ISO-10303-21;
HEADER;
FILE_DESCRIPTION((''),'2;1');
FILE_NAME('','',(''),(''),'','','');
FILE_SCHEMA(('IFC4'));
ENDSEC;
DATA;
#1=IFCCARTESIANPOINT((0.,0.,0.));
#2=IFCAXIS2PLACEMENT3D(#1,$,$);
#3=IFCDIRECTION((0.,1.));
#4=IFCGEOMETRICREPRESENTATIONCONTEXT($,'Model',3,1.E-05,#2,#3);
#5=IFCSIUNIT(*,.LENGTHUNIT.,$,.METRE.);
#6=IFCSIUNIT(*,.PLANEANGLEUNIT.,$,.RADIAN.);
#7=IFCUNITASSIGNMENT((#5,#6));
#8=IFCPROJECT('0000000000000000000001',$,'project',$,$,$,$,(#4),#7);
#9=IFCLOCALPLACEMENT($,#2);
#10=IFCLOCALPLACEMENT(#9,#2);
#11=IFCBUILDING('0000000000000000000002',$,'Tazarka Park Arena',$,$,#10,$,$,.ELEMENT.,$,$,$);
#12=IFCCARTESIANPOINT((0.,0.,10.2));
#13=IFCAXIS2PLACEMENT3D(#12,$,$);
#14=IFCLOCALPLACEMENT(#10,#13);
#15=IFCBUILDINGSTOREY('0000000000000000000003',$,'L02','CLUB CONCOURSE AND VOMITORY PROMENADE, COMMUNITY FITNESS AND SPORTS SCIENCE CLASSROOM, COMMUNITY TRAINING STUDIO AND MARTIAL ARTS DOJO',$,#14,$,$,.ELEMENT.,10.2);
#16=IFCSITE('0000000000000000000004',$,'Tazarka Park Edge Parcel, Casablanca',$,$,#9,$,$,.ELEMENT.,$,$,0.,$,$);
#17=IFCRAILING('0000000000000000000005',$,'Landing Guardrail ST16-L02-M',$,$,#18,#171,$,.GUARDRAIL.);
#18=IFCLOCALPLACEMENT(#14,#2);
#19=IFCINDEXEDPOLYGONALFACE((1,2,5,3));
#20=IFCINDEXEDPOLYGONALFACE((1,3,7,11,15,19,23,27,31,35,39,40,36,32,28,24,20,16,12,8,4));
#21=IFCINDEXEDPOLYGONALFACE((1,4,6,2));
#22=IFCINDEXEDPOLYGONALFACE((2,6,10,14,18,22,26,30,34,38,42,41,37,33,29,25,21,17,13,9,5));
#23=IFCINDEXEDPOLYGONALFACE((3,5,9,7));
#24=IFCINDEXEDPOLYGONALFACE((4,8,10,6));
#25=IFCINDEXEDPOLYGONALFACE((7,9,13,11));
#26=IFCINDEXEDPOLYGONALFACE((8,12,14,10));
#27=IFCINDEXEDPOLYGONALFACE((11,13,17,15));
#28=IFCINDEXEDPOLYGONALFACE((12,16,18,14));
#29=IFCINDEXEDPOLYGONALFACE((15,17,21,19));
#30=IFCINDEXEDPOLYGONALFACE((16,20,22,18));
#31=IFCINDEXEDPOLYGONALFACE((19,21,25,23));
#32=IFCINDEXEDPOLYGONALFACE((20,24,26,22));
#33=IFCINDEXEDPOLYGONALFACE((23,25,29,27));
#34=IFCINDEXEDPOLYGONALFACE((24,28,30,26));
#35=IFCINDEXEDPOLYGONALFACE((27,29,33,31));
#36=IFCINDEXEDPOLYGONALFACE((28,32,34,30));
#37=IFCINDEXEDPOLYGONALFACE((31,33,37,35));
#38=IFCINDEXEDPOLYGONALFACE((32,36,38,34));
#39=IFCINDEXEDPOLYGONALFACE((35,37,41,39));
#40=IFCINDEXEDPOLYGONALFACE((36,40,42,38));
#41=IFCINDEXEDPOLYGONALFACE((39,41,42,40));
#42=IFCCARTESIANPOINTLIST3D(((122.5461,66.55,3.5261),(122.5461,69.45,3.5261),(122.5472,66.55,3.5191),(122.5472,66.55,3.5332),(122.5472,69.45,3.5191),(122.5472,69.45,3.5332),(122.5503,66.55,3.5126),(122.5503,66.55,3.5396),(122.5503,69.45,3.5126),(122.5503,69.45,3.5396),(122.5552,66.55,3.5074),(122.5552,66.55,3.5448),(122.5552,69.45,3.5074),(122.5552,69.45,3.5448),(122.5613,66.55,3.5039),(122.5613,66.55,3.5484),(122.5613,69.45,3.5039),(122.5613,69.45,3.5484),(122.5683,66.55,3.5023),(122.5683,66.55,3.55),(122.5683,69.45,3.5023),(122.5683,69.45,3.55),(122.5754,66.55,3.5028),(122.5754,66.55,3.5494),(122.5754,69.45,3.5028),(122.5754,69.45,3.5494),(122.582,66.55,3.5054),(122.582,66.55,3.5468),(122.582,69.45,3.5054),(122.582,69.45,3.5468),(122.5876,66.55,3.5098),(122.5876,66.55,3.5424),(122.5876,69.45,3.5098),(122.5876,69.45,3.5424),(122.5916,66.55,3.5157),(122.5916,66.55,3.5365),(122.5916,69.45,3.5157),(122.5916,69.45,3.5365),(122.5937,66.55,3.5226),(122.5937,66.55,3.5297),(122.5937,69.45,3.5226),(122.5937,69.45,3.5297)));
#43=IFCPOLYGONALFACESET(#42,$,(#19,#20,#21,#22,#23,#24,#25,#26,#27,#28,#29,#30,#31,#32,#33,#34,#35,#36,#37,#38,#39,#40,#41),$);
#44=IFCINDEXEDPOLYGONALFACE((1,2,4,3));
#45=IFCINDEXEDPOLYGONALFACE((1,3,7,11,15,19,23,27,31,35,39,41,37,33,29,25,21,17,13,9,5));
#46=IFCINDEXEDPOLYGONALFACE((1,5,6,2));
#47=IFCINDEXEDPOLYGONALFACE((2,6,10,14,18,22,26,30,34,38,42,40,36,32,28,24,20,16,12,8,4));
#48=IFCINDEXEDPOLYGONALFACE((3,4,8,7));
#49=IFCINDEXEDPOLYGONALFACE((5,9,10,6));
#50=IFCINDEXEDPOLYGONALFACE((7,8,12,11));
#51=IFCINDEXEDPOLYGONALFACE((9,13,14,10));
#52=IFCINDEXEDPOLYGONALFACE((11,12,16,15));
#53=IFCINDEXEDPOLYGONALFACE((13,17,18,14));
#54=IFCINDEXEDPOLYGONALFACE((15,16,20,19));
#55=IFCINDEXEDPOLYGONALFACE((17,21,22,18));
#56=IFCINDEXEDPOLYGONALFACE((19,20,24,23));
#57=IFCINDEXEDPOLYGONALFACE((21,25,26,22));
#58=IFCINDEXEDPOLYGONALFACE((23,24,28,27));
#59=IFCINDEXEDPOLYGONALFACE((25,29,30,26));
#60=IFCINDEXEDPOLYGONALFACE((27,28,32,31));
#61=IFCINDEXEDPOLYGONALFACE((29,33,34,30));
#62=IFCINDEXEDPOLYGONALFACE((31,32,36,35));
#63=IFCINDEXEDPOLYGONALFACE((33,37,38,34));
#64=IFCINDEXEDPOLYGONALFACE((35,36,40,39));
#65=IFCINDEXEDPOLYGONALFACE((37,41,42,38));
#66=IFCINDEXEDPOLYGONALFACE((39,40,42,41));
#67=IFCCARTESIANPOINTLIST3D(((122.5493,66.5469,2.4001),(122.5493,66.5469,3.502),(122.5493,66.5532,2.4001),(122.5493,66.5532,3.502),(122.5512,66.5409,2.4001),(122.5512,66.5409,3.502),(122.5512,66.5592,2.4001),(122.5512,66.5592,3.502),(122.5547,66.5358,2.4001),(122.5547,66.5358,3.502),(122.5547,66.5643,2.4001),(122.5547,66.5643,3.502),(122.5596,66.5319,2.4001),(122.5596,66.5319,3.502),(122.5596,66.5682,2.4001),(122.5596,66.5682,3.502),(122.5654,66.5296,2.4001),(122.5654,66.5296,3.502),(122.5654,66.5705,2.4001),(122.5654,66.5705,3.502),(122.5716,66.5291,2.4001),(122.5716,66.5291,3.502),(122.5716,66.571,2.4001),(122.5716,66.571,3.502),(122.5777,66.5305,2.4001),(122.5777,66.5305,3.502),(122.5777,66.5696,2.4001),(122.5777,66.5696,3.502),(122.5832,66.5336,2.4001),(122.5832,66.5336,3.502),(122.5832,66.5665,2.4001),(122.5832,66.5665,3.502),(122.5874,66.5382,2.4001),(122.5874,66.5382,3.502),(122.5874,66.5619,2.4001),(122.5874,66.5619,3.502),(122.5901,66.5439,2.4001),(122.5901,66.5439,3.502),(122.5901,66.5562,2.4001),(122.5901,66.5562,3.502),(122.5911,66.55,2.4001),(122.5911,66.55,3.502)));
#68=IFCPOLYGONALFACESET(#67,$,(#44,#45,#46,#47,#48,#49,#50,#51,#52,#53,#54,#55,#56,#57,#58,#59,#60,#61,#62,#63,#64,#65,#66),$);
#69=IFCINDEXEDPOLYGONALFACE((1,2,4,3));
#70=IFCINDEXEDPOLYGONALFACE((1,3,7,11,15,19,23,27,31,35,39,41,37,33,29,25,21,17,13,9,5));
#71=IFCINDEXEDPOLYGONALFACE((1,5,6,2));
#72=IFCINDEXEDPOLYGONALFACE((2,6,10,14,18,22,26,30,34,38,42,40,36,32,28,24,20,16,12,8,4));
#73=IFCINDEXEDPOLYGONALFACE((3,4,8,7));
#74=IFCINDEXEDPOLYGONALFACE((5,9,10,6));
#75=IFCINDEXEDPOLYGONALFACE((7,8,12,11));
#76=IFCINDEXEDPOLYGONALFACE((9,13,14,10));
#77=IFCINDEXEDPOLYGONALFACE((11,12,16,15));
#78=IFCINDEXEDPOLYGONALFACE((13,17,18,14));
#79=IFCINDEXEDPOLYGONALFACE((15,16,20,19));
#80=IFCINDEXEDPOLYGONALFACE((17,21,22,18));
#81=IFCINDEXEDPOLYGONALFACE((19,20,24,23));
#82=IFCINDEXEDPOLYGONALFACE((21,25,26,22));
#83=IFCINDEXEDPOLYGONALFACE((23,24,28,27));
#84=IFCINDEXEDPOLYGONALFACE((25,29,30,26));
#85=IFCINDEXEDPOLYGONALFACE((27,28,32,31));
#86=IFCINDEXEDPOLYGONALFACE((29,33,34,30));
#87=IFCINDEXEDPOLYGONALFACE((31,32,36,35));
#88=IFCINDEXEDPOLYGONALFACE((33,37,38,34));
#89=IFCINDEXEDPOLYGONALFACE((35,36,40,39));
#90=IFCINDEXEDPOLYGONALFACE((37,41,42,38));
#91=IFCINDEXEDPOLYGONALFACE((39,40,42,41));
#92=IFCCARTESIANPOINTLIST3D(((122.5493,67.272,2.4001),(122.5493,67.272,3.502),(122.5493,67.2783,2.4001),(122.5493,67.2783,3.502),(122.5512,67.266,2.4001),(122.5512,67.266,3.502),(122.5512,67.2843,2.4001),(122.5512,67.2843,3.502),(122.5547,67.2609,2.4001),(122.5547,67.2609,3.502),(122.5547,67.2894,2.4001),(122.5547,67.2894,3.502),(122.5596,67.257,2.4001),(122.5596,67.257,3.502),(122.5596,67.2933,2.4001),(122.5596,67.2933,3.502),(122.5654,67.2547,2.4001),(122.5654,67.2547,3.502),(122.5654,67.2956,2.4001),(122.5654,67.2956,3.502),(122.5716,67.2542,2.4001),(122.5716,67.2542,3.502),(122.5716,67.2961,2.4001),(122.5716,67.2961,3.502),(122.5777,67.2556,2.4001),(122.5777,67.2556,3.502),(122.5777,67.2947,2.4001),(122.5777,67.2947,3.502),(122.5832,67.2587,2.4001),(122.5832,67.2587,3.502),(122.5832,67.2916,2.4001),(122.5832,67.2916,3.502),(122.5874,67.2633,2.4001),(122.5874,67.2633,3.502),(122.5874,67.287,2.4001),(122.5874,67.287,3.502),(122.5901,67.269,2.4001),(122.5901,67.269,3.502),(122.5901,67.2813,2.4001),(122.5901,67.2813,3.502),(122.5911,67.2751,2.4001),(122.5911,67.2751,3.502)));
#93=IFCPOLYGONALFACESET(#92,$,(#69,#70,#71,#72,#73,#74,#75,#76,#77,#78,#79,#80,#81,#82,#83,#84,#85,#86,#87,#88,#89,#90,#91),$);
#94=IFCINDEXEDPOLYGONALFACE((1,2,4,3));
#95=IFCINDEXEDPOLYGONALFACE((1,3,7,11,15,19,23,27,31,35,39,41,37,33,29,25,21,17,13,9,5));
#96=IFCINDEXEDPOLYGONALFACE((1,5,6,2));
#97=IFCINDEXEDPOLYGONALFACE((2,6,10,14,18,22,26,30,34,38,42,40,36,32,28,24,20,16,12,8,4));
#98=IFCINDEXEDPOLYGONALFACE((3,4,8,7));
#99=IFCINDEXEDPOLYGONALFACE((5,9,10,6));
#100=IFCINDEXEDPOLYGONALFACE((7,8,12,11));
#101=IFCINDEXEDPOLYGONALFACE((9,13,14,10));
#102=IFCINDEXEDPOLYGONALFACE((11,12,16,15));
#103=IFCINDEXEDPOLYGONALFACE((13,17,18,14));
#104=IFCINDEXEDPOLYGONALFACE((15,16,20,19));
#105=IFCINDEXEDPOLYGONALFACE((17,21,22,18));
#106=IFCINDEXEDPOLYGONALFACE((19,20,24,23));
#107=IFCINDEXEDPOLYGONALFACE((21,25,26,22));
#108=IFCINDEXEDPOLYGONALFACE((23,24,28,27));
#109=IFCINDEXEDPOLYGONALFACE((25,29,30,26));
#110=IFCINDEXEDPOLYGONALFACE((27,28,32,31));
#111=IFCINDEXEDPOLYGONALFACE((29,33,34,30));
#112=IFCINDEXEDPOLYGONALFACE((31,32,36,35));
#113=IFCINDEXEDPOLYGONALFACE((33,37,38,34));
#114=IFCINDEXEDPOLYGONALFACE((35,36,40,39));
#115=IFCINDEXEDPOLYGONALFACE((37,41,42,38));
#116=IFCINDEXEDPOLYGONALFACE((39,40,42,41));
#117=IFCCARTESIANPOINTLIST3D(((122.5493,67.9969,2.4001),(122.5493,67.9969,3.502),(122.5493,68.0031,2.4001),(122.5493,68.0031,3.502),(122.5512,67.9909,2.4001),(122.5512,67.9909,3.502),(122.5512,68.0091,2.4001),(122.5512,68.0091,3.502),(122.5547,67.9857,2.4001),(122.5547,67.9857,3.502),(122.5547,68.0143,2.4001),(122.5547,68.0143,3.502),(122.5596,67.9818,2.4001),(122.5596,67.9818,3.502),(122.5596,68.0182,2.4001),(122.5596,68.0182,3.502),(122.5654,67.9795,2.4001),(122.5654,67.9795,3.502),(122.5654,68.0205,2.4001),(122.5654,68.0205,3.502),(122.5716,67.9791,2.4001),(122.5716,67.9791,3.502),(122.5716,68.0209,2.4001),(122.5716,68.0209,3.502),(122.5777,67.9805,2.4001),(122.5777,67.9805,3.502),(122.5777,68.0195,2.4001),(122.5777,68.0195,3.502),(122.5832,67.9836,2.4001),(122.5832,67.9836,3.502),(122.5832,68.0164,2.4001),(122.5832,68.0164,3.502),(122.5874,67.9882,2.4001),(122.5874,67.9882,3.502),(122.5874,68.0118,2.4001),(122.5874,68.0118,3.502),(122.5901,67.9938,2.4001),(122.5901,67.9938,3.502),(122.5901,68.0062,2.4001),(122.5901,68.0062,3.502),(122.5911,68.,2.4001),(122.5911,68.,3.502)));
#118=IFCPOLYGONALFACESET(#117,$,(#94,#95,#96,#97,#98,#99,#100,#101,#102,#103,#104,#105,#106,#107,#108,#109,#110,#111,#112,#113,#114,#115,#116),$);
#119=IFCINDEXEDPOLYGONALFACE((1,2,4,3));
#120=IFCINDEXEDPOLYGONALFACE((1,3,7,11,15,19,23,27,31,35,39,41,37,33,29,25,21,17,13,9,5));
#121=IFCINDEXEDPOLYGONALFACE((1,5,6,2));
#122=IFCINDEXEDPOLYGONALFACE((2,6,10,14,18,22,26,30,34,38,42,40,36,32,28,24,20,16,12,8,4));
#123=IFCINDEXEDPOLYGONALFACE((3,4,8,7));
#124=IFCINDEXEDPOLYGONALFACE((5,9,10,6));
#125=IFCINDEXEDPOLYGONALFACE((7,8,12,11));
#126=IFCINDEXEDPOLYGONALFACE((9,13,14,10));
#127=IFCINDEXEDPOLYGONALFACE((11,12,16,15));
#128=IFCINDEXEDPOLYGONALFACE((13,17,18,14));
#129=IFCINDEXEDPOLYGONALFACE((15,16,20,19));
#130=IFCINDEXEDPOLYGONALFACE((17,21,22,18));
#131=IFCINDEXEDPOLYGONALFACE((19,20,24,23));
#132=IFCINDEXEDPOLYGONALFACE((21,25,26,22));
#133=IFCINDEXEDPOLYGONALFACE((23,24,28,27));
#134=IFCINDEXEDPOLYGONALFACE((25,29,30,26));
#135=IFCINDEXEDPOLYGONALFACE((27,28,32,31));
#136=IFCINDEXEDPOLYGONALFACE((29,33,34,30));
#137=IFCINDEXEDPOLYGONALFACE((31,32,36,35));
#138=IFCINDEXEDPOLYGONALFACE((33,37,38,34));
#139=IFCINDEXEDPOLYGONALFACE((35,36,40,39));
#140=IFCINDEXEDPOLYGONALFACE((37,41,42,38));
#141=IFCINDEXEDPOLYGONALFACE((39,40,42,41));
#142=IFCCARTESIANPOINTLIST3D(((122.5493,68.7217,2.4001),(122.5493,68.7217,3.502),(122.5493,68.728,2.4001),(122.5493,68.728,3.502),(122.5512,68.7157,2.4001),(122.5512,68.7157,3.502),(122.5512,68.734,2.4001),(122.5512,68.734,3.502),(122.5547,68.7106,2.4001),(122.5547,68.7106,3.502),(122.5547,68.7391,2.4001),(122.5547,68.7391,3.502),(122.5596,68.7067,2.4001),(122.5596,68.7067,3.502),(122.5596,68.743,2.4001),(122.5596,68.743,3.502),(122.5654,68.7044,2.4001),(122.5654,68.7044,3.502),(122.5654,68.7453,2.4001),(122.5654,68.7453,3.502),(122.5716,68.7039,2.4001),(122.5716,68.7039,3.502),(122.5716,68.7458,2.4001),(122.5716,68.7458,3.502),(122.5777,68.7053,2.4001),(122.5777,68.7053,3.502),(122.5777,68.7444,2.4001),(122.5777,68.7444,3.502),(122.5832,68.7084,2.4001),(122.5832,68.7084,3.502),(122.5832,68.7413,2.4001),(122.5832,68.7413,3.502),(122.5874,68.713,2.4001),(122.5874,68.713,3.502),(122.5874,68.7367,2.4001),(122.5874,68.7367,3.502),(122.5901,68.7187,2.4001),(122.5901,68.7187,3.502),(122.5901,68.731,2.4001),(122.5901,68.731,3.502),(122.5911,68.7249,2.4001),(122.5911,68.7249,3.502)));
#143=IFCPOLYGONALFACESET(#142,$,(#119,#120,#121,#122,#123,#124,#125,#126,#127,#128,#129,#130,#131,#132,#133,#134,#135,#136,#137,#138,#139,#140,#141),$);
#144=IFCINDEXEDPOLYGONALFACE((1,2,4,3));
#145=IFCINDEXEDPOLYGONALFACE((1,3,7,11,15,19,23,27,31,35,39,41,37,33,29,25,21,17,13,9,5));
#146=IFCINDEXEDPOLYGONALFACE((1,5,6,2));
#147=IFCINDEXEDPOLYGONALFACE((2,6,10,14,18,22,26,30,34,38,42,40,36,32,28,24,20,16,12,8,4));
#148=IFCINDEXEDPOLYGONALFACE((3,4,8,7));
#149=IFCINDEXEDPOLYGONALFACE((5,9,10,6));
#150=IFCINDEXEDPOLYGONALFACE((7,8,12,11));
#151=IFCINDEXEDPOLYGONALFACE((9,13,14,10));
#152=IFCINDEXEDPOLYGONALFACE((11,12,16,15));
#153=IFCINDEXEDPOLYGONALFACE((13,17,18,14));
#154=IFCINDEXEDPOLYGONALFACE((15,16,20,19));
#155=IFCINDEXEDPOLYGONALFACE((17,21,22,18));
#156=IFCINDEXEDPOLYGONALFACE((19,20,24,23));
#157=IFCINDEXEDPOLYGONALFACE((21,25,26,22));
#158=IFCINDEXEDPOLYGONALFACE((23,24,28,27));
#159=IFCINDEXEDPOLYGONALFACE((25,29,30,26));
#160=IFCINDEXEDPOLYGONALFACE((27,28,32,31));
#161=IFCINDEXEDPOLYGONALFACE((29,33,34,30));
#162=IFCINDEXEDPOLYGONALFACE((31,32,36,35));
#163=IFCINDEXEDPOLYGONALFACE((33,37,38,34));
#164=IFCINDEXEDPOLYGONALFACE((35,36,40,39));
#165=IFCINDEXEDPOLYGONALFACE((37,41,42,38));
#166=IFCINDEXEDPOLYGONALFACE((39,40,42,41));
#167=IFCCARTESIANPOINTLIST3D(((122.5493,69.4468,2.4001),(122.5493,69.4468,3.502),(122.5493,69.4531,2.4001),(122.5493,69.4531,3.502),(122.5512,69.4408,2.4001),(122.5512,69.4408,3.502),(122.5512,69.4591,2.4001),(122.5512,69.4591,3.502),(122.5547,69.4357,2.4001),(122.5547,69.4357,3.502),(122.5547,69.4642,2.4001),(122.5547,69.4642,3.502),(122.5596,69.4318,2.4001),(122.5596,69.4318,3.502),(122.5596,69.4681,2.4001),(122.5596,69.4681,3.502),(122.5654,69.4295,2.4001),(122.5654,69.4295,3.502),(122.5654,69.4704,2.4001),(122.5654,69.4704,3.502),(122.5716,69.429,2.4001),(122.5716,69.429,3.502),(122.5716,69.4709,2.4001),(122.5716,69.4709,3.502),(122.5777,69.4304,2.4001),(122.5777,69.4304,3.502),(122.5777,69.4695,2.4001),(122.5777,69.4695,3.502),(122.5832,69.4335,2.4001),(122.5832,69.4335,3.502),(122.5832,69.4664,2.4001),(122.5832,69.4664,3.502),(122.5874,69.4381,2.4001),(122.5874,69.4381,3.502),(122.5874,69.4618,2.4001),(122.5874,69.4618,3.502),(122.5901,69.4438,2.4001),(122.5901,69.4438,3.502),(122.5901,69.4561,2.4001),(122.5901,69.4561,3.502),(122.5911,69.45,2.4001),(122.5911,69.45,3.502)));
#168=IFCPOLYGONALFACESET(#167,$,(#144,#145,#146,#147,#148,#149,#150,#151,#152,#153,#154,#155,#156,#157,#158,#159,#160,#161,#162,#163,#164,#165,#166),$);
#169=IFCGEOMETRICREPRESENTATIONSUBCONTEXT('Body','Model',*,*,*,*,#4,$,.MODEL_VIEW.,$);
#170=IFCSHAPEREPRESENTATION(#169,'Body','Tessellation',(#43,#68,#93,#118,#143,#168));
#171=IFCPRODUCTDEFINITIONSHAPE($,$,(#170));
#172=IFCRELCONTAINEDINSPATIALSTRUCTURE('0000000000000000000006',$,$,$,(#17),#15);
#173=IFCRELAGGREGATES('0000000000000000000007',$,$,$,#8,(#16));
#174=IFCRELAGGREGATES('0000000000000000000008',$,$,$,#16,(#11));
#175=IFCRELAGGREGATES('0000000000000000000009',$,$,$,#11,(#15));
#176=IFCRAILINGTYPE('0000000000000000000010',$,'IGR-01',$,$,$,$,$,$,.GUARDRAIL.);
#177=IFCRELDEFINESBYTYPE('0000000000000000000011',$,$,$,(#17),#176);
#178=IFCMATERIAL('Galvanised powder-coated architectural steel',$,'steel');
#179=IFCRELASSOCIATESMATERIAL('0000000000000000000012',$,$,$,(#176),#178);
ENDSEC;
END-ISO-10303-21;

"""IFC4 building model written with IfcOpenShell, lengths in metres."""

from ifc_helpers import new_model, si_unit, direction, frame, origin, origin_2d, place, context, subcontext, project, spatial, circle, extrude, material, type_object, element, save


model = new_model("IFC4")

# Units and contexts
model_context = context("Model", 3, precision=1e-05, world=origin(), true_north=direction((0.0, 1.0)))
body_context = subcontext(model_context, "Body", "Model", "MODEL_VIEW")
ifc_project = project(units=[si_unit("LENGTHUNIT", "METRE"), si_unit("PLANEANGLEUNIT", "RADIAN")], contexts=[model_context])

# Site, building, storey
site_placement = place(None, origin())
site = spatial("IfcSite", under=ifc_project, at=site_placement, Name="Tazarka Park Edge Parcel, Casablanca", CompositionType="ELEMENT", RefElevation=0.0)
building_placement = place(site_placement, origin())
building = spatial("IfcBuilding", under=site, at=building_placement, Name="Tazarka Park Arena", CompositionType="ELEMENT")
storey_placement = place(building_placement, frame((0.0, 0.0, 10.2)))
storey = spatial("IfcBuildingStorey", under=building, at=storey_placement, Name="L02", Description="CLUB CONCOURSE AND VOMITORY PROMENADE, COMMUNITY FITNESS AND SPORTS SCIENCE CLASSROOM, COMMUNITY TRAINING STUDIO AND MARTIAL ARTS DOJO", CompositionType="ELEMENT", Elevation=10.2)

# Railing
ifc_material_1 = material(Name="Galvanised powder-coated architectural steel", Category="steel")
railing_type_1 = type_object("IfcRailingType", Name="IGR-01", PredefinedType="GUARDRAIL", material=ifc_material_1)
for number, where, name in (
    (1, (122.5701, 66.55, 2.4001), "Landing Guardrail ST16-L02-M"),
):
    element("IfcRailing", number, at=place(storey_placement, frame(where)), inside=storey, type_object=railing_type_1, Name=name, PredefinedType="GUARDRAIL", context=body_context, shape_type="SweptSolid", body=[
        extrude(circle(Radius=0.0239, at=origin_2d()), frame((0.0, 0.0, 1.126), z_axis=(0.0, 1.0, 0.0), x_axis=(-1.0, 0.0, 0.0)), (0.0, 0.0, 1.0), 2.8999),
        extrude(circle(Radius=0.021, at=origin_2d()), origin(), (0.0, 0.0, 1.0), 1.1018),
        extrude(circle(Radius=0.021, at=origin_2d()), frame((0.0, 0.7251, 0.0)), (0.0, 0.0, 1.0), 1.1018),
        extrude(circle(Radius=0.021, at=origin_2d()), frame((0.0, 1.45, 0.0)), (0.0, 0.0, 1.0), 1.1018),
        extrude(circle(Radius=0.021, at=origin_2d()), frame((0.0, 2.1748, 0.0)), (0.0, 0.0, 1.0), 1.1018),
        extrude(circle(Radius=0.021, at=origin_2d()), frame((0.0, 2.8999, 0.0)), (0.0, 0.0, 1.0), 1.1018),
    ])

save(model, "model.ifc")
